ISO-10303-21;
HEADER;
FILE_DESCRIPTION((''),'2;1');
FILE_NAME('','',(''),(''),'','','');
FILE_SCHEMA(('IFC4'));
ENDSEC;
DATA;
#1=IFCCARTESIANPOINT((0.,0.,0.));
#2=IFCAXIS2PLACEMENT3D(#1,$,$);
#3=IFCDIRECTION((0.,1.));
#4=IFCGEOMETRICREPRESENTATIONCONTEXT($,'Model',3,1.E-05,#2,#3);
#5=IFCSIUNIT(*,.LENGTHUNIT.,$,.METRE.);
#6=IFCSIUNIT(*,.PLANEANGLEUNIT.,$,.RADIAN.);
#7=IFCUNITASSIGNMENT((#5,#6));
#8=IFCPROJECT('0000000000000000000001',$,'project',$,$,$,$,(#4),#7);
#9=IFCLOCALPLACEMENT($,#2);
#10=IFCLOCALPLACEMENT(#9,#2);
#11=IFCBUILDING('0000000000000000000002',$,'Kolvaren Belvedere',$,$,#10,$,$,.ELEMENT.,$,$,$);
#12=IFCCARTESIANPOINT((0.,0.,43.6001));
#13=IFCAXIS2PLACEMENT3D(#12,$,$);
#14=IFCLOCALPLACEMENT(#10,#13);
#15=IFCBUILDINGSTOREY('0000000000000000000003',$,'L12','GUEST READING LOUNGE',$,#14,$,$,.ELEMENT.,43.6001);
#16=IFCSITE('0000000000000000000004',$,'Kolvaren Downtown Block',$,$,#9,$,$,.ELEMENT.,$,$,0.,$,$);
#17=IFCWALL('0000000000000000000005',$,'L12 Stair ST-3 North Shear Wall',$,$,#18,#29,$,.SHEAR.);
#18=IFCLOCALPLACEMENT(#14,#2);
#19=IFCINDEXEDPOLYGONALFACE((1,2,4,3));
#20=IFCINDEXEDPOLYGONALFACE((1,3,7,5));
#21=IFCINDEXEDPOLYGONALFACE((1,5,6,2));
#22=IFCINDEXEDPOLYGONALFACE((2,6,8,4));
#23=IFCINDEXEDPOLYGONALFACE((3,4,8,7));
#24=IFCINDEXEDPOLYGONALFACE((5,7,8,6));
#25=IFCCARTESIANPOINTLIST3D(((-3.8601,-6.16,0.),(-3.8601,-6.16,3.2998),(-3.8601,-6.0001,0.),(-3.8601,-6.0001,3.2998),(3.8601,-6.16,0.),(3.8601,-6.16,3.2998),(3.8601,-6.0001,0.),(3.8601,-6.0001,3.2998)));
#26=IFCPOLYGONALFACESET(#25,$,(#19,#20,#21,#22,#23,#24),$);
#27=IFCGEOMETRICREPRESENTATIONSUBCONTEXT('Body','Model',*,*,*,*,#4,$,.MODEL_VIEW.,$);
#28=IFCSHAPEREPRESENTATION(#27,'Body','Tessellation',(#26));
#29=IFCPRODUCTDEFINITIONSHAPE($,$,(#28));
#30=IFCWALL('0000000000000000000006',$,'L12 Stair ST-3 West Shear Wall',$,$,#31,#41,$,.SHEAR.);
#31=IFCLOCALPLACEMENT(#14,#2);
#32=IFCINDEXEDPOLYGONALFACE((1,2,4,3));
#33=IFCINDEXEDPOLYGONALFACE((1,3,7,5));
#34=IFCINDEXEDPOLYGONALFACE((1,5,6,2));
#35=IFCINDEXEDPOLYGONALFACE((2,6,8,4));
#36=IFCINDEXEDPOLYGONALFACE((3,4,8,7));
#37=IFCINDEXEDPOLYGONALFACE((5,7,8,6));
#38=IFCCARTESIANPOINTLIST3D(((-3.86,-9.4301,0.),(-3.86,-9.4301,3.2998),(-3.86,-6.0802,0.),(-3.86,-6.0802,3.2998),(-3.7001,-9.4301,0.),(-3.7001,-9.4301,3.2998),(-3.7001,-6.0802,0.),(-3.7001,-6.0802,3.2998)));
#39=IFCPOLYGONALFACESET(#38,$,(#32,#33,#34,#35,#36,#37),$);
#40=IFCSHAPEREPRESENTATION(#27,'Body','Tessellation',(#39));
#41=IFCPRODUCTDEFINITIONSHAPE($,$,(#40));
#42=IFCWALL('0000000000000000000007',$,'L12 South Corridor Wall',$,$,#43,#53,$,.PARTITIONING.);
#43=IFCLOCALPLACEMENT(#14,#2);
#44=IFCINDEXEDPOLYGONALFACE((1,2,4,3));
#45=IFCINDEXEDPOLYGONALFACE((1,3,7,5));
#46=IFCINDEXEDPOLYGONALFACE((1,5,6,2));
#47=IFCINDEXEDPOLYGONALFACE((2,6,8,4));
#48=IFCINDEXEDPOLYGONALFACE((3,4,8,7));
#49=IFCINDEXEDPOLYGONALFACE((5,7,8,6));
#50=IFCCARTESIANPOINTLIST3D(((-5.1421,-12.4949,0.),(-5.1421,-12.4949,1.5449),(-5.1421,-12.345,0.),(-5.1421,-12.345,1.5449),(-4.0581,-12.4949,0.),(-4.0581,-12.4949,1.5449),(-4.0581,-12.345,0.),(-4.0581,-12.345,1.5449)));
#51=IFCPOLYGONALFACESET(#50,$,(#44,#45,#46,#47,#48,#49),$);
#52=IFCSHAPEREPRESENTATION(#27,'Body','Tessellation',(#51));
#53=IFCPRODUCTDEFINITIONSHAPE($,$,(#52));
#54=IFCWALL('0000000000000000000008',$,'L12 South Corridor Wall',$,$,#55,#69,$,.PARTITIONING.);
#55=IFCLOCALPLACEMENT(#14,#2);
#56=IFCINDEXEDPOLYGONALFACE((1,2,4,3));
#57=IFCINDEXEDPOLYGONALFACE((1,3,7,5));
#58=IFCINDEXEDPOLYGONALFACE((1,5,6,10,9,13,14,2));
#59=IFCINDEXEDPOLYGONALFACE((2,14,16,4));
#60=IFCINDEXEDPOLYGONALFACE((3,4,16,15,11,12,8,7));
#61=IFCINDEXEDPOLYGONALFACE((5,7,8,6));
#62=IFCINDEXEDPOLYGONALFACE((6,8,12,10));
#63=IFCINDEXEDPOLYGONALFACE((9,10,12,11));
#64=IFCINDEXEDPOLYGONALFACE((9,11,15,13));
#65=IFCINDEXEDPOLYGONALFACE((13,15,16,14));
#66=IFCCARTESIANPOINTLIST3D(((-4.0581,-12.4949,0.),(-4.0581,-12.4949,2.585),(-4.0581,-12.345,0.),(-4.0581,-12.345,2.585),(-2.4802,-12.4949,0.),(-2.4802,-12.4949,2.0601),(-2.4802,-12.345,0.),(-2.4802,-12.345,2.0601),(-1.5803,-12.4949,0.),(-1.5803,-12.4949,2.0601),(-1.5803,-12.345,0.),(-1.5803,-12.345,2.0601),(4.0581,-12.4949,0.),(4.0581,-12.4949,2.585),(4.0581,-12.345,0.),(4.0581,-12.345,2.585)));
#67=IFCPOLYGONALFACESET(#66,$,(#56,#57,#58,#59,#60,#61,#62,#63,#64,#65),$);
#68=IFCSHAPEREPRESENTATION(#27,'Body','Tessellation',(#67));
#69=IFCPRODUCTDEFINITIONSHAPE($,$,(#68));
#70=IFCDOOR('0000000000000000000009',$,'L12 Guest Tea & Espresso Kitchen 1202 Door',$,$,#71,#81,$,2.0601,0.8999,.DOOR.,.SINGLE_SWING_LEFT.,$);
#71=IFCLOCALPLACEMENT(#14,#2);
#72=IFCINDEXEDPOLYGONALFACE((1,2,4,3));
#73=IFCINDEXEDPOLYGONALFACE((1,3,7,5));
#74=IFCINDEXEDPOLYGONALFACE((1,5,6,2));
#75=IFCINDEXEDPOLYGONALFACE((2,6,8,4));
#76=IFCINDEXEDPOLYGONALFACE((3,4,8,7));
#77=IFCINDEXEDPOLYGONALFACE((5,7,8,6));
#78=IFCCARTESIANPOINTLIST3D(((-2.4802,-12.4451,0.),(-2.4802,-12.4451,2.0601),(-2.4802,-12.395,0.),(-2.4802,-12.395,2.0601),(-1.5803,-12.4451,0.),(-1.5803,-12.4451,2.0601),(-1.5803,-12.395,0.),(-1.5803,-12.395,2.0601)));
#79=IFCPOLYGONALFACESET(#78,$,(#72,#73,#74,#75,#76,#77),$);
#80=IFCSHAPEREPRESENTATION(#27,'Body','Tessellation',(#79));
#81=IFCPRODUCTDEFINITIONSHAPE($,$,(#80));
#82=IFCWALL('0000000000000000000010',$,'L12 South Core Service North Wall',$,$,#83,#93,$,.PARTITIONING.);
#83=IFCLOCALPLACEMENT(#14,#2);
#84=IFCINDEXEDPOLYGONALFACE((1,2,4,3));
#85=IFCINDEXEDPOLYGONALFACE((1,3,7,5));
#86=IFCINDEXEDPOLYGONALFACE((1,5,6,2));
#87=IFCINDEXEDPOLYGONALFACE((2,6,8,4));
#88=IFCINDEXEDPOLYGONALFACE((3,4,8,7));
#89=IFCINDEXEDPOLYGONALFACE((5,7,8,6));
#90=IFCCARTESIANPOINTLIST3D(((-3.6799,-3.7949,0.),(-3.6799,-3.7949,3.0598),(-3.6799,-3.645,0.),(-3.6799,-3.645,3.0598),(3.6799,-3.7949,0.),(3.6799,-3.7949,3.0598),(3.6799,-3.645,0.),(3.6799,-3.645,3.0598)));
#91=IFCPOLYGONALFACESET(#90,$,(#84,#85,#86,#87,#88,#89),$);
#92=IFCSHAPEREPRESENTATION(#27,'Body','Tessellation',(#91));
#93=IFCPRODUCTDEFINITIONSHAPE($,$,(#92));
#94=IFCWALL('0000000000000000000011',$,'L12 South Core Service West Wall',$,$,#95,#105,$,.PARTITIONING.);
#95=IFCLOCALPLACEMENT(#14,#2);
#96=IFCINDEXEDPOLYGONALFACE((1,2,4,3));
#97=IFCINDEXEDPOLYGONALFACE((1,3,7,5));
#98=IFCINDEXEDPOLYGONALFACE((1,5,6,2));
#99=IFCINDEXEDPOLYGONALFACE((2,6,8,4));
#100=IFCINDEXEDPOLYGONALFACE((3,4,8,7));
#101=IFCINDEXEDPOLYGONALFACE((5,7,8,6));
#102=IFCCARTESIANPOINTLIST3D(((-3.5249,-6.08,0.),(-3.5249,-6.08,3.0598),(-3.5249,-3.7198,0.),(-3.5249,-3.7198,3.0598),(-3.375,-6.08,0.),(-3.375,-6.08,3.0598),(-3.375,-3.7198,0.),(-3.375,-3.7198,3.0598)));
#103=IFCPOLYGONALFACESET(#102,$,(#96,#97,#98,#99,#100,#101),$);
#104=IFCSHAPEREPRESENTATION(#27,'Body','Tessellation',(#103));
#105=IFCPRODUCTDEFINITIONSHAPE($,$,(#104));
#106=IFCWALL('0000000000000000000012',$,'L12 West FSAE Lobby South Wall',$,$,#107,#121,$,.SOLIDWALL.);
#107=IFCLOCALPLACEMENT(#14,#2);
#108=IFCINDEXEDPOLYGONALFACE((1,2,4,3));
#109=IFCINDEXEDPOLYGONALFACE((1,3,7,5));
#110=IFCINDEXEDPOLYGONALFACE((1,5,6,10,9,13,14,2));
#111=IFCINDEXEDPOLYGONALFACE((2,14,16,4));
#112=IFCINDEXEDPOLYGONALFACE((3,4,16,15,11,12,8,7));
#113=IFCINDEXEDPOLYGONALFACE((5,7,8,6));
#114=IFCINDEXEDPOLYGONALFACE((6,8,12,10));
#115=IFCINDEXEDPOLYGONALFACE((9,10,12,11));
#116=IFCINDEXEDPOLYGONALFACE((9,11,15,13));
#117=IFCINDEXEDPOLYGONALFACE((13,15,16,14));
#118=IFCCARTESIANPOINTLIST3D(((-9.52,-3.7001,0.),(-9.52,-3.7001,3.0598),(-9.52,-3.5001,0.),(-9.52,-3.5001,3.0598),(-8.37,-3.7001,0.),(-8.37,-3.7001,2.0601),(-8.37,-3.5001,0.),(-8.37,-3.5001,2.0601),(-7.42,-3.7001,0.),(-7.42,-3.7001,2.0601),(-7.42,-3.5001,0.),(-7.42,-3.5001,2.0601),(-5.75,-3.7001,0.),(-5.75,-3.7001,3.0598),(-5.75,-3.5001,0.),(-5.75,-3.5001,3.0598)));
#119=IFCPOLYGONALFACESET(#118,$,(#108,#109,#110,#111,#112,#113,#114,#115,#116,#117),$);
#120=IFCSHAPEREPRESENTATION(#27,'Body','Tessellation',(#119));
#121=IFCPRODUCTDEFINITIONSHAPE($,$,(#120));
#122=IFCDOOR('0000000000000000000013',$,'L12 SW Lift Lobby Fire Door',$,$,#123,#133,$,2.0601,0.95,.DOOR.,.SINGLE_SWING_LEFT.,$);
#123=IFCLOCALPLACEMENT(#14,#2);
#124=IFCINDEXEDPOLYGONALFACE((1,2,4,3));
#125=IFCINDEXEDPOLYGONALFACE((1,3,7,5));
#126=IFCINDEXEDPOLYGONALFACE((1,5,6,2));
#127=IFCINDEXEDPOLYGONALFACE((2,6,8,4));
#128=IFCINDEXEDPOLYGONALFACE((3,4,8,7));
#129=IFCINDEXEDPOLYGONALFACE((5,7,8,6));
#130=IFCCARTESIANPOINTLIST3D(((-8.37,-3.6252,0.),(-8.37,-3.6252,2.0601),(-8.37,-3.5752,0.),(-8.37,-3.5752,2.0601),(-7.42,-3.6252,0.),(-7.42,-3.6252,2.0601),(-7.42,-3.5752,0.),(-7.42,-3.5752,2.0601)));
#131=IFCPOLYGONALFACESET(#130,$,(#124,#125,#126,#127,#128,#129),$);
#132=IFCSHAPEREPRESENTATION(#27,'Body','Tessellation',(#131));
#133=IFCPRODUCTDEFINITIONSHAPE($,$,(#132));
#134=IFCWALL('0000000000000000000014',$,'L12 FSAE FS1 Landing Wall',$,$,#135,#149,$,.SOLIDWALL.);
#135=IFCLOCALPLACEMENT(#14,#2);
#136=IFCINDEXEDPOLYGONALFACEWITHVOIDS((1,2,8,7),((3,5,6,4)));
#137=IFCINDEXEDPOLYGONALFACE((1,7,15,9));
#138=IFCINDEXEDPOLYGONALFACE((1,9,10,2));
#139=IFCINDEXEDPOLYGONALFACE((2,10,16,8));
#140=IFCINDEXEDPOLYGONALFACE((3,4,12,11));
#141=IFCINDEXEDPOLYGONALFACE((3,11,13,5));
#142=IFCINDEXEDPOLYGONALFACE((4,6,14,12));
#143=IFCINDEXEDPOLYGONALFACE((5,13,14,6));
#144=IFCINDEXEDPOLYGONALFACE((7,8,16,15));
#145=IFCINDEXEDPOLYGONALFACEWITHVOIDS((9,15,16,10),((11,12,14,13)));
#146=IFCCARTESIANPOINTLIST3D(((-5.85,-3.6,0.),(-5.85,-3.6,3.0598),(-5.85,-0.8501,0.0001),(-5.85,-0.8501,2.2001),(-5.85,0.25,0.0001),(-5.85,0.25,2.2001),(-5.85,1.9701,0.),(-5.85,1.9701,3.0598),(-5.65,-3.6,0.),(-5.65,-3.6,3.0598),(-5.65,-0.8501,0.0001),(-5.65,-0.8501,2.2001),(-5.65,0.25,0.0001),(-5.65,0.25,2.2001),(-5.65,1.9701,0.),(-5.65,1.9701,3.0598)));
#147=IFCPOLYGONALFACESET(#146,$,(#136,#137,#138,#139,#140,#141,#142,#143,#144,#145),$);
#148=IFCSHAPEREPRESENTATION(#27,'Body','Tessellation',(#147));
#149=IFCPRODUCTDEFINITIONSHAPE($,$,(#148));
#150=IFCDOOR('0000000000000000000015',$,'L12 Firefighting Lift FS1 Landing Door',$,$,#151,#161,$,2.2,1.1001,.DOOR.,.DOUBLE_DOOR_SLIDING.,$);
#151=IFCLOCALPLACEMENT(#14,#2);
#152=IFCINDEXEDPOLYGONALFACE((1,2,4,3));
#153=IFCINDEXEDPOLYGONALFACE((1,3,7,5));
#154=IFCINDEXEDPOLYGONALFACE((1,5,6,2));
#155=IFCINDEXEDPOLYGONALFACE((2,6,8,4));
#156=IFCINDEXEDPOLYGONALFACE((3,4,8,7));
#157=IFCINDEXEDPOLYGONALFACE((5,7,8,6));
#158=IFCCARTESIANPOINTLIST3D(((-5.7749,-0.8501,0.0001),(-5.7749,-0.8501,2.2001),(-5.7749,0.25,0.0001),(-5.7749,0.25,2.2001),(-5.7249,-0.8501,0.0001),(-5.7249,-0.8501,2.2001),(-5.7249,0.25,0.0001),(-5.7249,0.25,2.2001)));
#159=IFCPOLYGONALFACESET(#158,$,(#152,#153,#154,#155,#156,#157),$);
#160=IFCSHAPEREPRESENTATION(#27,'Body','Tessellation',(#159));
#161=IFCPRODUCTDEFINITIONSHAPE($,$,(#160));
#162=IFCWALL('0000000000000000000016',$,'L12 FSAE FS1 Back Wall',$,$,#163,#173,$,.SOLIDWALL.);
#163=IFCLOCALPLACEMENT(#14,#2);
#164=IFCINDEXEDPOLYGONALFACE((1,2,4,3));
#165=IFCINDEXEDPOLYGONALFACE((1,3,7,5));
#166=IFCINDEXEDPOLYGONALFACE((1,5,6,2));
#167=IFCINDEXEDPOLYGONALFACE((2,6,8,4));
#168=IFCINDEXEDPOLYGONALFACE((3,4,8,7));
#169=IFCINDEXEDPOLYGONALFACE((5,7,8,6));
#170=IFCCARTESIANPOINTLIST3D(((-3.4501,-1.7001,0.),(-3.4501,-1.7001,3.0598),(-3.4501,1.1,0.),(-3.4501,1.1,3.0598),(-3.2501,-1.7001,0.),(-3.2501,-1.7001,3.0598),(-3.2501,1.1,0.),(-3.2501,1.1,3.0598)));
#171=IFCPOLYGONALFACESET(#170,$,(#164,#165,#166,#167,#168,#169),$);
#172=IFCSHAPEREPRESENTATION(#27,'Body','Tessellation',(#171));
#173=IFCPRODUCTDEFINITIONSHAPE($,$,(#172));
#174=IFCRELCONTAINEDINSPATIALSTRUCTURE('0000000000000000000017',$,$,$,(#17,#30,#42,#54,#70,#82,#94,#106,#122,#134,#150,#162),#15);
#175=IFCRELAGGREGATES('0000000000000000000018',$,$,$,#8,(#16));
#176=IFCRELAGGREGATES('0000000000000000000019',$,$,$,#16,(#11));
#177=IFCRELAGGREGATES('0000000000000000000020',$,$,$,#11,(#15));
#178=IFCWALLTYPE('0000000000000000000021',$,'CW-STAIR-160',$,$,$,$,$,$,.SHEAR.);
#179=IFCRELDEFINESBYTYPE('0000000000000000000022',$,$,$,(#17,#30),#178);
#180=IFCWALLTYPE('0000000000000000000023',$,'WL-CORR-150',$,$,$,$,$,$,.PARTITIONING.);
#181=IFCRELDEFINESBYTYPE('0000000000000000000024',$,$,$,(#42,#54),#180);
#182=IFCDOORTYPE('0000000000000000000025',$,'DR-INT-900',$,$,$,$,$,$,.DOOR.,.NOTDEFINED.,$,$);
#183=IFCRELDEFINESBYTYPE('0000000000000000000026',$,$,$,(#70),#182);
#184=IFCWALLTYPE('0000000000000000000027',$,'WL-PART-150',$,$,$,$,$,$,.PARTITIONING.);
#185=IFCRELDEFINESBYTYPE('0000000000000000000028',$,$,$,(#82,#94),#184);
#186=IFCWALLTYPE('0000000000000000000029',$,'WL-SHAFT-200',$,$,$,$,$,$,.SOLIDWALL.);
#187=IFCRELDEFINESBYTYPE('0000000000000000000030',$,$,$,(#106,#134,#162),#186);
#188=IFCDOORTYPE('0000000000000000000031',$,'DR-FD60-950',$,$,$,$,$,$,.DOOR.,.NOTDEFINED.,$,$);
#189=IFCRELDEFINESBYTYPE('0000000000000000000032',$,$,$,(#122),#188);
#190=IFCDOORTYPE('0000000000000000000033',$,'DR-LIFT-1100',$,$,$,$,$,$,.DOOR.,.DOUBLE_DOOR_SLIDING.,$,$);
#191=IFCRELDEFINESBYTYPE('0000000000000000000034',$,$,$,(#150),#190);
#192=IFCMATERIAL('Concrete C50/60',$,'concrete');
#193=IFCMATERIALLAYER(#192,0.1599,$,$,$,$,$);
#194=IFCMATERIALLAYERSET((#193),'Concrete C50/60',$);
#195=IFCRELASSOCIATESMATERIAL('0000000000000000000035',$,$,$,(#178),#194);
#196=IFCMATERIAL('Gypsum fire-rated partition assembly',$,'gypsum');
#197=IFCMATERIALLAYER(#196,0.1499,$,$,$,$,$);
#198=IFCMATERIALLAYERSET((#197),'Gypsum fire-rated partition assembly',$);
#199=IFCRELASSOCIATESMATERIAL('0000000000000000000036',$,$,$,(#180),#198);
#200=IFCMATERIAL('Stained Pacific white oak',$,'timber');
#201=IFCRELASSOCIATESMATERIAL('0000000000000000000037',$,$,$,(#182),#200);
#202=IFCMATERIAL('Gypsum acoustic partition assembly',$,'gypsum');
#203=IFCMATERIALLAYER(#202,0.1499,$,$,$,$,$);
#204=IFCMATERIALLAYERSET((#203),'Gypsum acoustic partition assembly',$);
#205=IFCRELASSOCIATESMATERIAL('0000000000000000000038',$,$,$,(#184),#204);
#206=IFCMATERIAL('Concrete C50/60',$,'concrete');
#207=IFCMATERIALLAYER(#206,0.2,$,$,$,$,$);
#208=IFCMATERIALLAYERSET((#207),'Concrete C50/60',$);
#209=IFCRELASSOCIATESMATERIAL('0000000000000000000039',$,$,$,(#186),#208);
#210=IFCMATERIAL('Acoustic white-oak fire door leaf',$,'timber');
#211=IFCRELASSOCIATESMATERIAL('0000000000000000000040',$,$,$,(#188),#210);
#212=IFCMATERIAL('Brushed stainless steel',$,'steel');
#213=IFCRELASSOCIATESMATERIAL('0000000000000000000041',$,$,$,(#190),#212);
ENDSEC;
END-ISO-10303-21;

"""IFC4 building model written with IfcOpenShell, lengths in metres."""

from ifc_helpers import new_model, si_unit, direction, frame, frame_2d, origin, place, context, subcontext, project, spatial, rectangle, extrude, material, layer, layer_set, type_object, element, fill, save


model = new_model("IFC4")

# Units and contexts
model_context = context("Model", 3, precision=1e-05, world=origin(), true_north=direction((0.0, 1.0)))
body_context = subcontext(model_context, "Body", "Model", "MODEL_VIEW")
ifc_project = project(units=[si_unit("LENGTHUNIT", "METRE"), si_unit("PLANEANGLEUNIT", "RADIAN")], contexts=[model_context])

# Site, building, storey
site_placement = place(None, origin())
site = spatial("IfcSite", under=ifc_project, at=site_placement, Name="Kolvaren Downtown Block", CompositionType="ELEMENT", RefElevation=0.0)
building_placement = place(site_placement, origin())
building = spatial("IfcBuilding", under=site, at=building_placement, Name="Kolvaren Belvedere", CompositionType="ELEMENT")
storey_placement = place(building_placement, frame((0.0, 0.0, 43.6001)))
storey = spatial("IfcBuildingStorey", under=building, at=storey_placement, Name="L12", Description="GUEST READING LOUNGE", CompositionType="ELEMENT", Elevation=43.6001)

# Walls
ifc_material_1 = material(Name="Concrete C50/60", Category="concrete")
ifc_layer_1 = layer(ifc_material_1, 0.1599)
ifc_layer_set_1 = layer_set([ifc_layer_1], Name="Concrete C50/60")
wall_type_1 = type_object("IfcWallType", Name="CW-STAIR-160", PredefinedType="SHEAR", material=ifc_layer_set_1)
wall_1_placement = place(storey_placement, frame((-3.8601, -6.0801, 0.0), z_axis=(0.0, 0.0, 1.0), x_axis=(1.0, 0.0, 0.0)))
element("IfcWall", 1, at=wall_1_placement, inside=storey, type_object=wall_type_1, Name="L12 Stair ST-3 North Shear Wall", PredefinedType="SHEAR", context=body_context, shape_type="SweptSolid", body=[
    extrude(rectangle(XDim=7.7202, YDim=0.1599, at=frame_2d((3.8601, 0.0))), origin(), (0.0, 0.0, 1.0), 3.2998),
])
wall_2_placement = place(storey_placement, frame((-3.78, -9.4299, 0.0), z_axis=(0.0, 0.0, 1.0), x_axis=(0.0, 1.0, 0.0)))
element("IfcWall", 2, at=wall_2_placement, inside=storey, type_object=wall_type_1, Name="L12 Stair ST-3 West Shear Wall", PredefinedType="SHEAR", context=body_context, shape_type="SweptSolid", body=[
    extrude(rectangle(XDim=3.3499, YDim=0.1599, at=frame_2d((1.6748, 0.0))), origin(), (0.0, 0.0, 1.0), 3.2998),
])
ifc_material_2 = material(Name="Gypsum fire-rated partition assembly", Category="gypsum")
ifc_layer_2 = layer(ifc_material_2, 0.1499)
ifc_layer_set_2 = layer_set([ifc_layer_2], Name="Gypsum fire-rated partition assembly")
wall_type_2 = type_object("IfcWallType", Name="WL-CORR-150", PredefinedType="PARTITIONING", material=ifc_layer_set_2)
wall_3_placement = place(storey_placement, frame((-5.1421, -12.4199, 0.0), z_axis=(0.0, 0.0, 1.0), x_axis=(1.0, 0.0, 0.0)))
element("IfcWall", 3, at=wall_3_placement, inside=storey, type_object=wall_type_2, Name="L12 South Corridor Wall", PredefinedType="PARTITIONING", context=body_context, shape_type="SweptSolid", body=[
    extrude(rectangle(XDim=1.084, YDim=0.1499, at=frame_2d((0.542, 0.0))), origin(), (0.0, 0.0, 1.0), 1.5449),
])

# Wall, opening, door
wall_4_placement = place(storey_placement, frame((-4.0581, -12.4199, 0.0), z_axis=(0.0, 0.0, 1.0), x_axis=(1.0, 0.0, 0.0)))
wall_4 = element("IfcWall", 4, at=wall_4_placement, inside=storey, type_object=wall_type_2, Name="L12 South Corridor Wall", PredefinedType="PARTITIONING", context=body_context, shape_type="SweptSolid", body=[
    extrude(rectangle(XDim=8.1162, YDim=0.1499, at=frame_2d((4.0581, 0.0))), origin(), (0.0, 0.0, 1.0), 2.585),
])
opening_1_placement = place(wall_4_placement, frame((1.5779, 0.0, 0.0)))
opening_1 = element("IfcOpeningElement", 5, at=opening_1_placement, cuts=wall_4, PredefinedType="OPENING", context=body_context, shape_type="SweptSolid", body=[
    extrude(rectangle(XDim=0.8999, YDim=2.0601, at=frame_2d((0.45, 1.03))), frame((0.0, 0.085, 0.0), z_axis=(0.0, -1.0, 0.0), x_axis=(1.0, 0.0, 0.0)), (0.0, 0.0, 1.0), 0.1699),
])
ifc_material_3 = material(Name="Stained Pacific white oak", Category="timber")
door_type_1 = type_object("IfcDoorType", Name="DR-INT-900", OperationType="NOTDEFINED", PredefinedType="DOOR", material=ifc_material_3)
door_1_placement = place(opening_1_placement, origin())
door_1 = element("IfcDoor", 6, at=door_1_placement, inside=storey, type_object=door_type_1, Name="L12 Guest Tea & Espresso Kitchen 1202 Door", OperationType="SINGLE_SWING_LEFT", OverallHeight=2.0601, OverallWidth=0.8999, PredefinedType="DOOR", context=body_context, shape_type="SweptSolid", body=[
    extrude(rectangle(XDim=0.8999, YDim=2.0601, at=frame_2d((0.45, 1.03))), frame((0.0, 0.0249, 0.0), z_axis=(0.0, -1.0, 0.0), x_axis=(1.0, 0.0, 0.0)), (0.0, 0.0, 1.0), 0.05),
])
fill(opening_1, door_1)

# Walls
ifc_material_4 = material(Name="Gypsum acoustic partition assembly", Category="gypsum")
ifc_layer_3 = layer(ifc_material_4, 0.1499)
ifc_layer_set_3 = layer_set([ifc_layer_3], Name="Gypsum acoustic partition assembly")
wall_type_3 = type_object("IfcWallType", Name="WL-PART-150", PredefinedType="PARTITIONING", material=ifc_layer_set_3)
wall_5_placement = place(storey_placement, frame((-3.6799, -3.72, 0.0), z_axis=(0.0, 0.0, 1.0), x_axis=(1.0, 0.0, 0.0)))
element("IfcWall", 7, at=wall_5_placement, inside=storey, type_object=wall_type_3, Name="L12 South Core Service North Wall", PredefinedType="PARTITIONING", context=body_context, shape_type="SweptSolid", body=[
    extrude(rectangle(XDim=7.3599, YDim=0.1499, at=frame_2d((3.6799, 0.0))), origin(), (0.0, 0.0, 1.0), 3.0598),
])
wall_6_placement = place(storey_placement, frame((-3.45, -6.0801, 0.0), z_axis=(0.0, 0.0, 1.0), x_axis=(0.0, 1.0, 0.0)))
element("IfcWall", 8, at=wall_6_placement, inside=storey, type_object=wall_type_3, Name="L12 South Core Service West Wall", PredefinedType="PARTITIONING", context=body_context, shape_type="SweptSolid", body=[
    extrude(rectangle(XDim=2.3601, YDim=0.1499, at=frame_2d((1.1802, 0.0))), origin(), (0.0, 0.0, 1.0), 3.0598),
])

# Walls, openings, doors
ifc_material_5 = material(Name="Concrete C50/60", Category="concrete")
ifc_layer_4 = layer(ifc_material_5, 0.2)
ifc_layer_set_4 = layer_set([ifc_layer_4], Name="Concrete C50/60")
wall_type_4 = type_object("IfcWallType", Name="WL-SHAFT-200", PredefinedType="SOLIDWALL", material=ifc_layer_set_4)
wall_7_placement = place(storey_placement, frame((-9.52, -3.6001, 0.0), z_axis=(0.0, 0.0, 1.0), x_axis=(1.0, 0.0, 0.0)))
wall_7 = element("IfcWall", 9, at=wall_7_placement, inside=storey, type_object=wall_type_4, Name="L12 West FSAE Lobby South Wall", PredefinedType="SOLIDWALL", context=body_context, shape_type="SweptSolid", body=[
    extrude(rectangle(XDim=3.77, YDim=0.2, at=frame_2d((1.885, 0.0))), origin(), (0.0, 0.0, 1.0), 3.0598),
])
opening_2_placement = place(wall_7_placement, frame((1.1499, 0.0, 0.0)))
opening_2 = element("IfcOpeningElement", 10, at=opening_2_placement, cuts=wall_7, PredefinedType="OPENING", context=body_context, shape_type="SweptSolid", body=[
    extrude(rectangle(XDim=0.95, YDim=2.0601, at=frame_2d((0.4751, 1.03))), frame((0.0, 0.1099, 0.0), z_axis=(0.0, -1.0, 0.0), x_axis=(1.0, 0.0, 0.0)), (0.0, 0.0, 1.0), 0.22),
])
ifc_material_6 = material(Name="Acoustic white-oak fire door leaf", Category="timber")
door_type_2 = type_object("IfcDoorType", Name="DR-FD60-950", OperationType="NOTDEFINED", PredefinedType="DOOR", material=ifc_material_6)
door_2_placement = place(opening_2_placement, origin())
door_2 = element("IfcDoor", 11, at=door_2_placement, inside=storey, type_object=door_type_2, Name="L12 SW Lift Lobby Fire Door", OperationType="SINGLE_SWING_LEFT", OverallHeight=2.0601, OverallWidth=0.95, PredefinedType="DOOR", context=body_context, shape_type="SweptSolid", body=[
    extrude(rectangle(XDim=0.95, YDim=2.0601, at=frame_2d((0.4751, 1.03))), frame((0.0, 0.0249, 0.0), z_axis=(0.0, -1.0, 0.0), x_axis=(1.0, 0.0, 0.0)), (0.0, 0.0, 1.0), 0.05),
])
fill(opening_2, door_2)
wall_8_placement = place(storey_placement, frame((-5.75, -3.6001, 0.0), z_axis=(0.0, 0.0, 1.0), x_axis=(0.0, 1.0, 0.0)))
wall_8 = element("IfcWall", 12, at=wall_8_placement, inside=storey, type_object=wall_type_4, Name="L12 FSAE FS1 Landing Wall", PredefinedType="SOLIDWALL", context=body_context, shape_type="SweptSolid", body=[
    extrude(rectangle(XDim=5.5701, YDim=0.2, at=frame_2d((2.7852, 0.0))), origin(), (0.0, 0.0, 1.0), 3.0598),
])
opening_3_placement = place(wall_8_placement, frame((2.75, 0.0, 0.0)))
opening_3 = element("IfcOpeningElement", 13, at=opening_3_placement, cuts=wall_8, PredefinedType="OPENING", context=body_context, shape_type="SweptSolid", body=[
    extrude(rectangle(XDim=1.1001, YDim=2.2, at=frame_2d((0.55, 1.1001))), frame((0.0, 0.1099, 0.0), z_axis=(0.0, -1.0, 0.0), x_axis=(1.0, 0.0, 0.0)), (0.0, 0.0, 1.0), 0.22),
])
ifc_material_7 = material(Name="Brushed stainless steel", Category="steel")
door_type_3 = type_object("IfcDoorType", Name="DR-LIFT-1100", OperationType="DOUBLE_DOOR_SLIDING", PredefinedType="DOOR", material=ifc_material_7)
door_3_placement = place(opening_3_placement, origin())
door_3 = element("IfcDoor", 14, at=door_3_placement, inside=storey, type_object=door_type_3, Name="L12 Firefighting Lift FS1 Landing Door", OperationType="DOUBLE_DOOR_SLIDING", OverallHeight=2.2, OverallWidth=1.1001, PredefinedType="DOOR", context=body_context, shape_type="SweptSolid", body=[
    extrude(rectangle(XDim=1.1001, YDim=2.2, at=frame_2d((0.55, 1.1001))), frame((0.0, 0.0249, 0.0), z_axis=(0.0, -1.0, 0.0), x_axis=(1.0, 0.0, 0.0)), (0.0, 0.0, 1.0), 0.05),
])
fill(opening_3, door_3)

# Wall
wall_9_placement = place(storey_placement, frame((-3.3501, -1.7, 0.0), z_axis=(0.0, 0.0, 1.0), x_axis=(0.0, 1.0, 0.0)))
element("IfcWall", 15, at=wall_9_placement, inside=storey, type_object=wall_type_4, Name="L12 FSAE FS1 Back Wall", PredefinedType="SOLIDWALL", context=body_context, shape_type="SweptSolid", body=[
    extrude(rectangle(XDim=2.8, YDim=0.2, at=frame_2d((1.3999, 0.0))), origin(), (0.0, 0.0, 1.0), 3.0598),
])

save(model, "model.ifc")
